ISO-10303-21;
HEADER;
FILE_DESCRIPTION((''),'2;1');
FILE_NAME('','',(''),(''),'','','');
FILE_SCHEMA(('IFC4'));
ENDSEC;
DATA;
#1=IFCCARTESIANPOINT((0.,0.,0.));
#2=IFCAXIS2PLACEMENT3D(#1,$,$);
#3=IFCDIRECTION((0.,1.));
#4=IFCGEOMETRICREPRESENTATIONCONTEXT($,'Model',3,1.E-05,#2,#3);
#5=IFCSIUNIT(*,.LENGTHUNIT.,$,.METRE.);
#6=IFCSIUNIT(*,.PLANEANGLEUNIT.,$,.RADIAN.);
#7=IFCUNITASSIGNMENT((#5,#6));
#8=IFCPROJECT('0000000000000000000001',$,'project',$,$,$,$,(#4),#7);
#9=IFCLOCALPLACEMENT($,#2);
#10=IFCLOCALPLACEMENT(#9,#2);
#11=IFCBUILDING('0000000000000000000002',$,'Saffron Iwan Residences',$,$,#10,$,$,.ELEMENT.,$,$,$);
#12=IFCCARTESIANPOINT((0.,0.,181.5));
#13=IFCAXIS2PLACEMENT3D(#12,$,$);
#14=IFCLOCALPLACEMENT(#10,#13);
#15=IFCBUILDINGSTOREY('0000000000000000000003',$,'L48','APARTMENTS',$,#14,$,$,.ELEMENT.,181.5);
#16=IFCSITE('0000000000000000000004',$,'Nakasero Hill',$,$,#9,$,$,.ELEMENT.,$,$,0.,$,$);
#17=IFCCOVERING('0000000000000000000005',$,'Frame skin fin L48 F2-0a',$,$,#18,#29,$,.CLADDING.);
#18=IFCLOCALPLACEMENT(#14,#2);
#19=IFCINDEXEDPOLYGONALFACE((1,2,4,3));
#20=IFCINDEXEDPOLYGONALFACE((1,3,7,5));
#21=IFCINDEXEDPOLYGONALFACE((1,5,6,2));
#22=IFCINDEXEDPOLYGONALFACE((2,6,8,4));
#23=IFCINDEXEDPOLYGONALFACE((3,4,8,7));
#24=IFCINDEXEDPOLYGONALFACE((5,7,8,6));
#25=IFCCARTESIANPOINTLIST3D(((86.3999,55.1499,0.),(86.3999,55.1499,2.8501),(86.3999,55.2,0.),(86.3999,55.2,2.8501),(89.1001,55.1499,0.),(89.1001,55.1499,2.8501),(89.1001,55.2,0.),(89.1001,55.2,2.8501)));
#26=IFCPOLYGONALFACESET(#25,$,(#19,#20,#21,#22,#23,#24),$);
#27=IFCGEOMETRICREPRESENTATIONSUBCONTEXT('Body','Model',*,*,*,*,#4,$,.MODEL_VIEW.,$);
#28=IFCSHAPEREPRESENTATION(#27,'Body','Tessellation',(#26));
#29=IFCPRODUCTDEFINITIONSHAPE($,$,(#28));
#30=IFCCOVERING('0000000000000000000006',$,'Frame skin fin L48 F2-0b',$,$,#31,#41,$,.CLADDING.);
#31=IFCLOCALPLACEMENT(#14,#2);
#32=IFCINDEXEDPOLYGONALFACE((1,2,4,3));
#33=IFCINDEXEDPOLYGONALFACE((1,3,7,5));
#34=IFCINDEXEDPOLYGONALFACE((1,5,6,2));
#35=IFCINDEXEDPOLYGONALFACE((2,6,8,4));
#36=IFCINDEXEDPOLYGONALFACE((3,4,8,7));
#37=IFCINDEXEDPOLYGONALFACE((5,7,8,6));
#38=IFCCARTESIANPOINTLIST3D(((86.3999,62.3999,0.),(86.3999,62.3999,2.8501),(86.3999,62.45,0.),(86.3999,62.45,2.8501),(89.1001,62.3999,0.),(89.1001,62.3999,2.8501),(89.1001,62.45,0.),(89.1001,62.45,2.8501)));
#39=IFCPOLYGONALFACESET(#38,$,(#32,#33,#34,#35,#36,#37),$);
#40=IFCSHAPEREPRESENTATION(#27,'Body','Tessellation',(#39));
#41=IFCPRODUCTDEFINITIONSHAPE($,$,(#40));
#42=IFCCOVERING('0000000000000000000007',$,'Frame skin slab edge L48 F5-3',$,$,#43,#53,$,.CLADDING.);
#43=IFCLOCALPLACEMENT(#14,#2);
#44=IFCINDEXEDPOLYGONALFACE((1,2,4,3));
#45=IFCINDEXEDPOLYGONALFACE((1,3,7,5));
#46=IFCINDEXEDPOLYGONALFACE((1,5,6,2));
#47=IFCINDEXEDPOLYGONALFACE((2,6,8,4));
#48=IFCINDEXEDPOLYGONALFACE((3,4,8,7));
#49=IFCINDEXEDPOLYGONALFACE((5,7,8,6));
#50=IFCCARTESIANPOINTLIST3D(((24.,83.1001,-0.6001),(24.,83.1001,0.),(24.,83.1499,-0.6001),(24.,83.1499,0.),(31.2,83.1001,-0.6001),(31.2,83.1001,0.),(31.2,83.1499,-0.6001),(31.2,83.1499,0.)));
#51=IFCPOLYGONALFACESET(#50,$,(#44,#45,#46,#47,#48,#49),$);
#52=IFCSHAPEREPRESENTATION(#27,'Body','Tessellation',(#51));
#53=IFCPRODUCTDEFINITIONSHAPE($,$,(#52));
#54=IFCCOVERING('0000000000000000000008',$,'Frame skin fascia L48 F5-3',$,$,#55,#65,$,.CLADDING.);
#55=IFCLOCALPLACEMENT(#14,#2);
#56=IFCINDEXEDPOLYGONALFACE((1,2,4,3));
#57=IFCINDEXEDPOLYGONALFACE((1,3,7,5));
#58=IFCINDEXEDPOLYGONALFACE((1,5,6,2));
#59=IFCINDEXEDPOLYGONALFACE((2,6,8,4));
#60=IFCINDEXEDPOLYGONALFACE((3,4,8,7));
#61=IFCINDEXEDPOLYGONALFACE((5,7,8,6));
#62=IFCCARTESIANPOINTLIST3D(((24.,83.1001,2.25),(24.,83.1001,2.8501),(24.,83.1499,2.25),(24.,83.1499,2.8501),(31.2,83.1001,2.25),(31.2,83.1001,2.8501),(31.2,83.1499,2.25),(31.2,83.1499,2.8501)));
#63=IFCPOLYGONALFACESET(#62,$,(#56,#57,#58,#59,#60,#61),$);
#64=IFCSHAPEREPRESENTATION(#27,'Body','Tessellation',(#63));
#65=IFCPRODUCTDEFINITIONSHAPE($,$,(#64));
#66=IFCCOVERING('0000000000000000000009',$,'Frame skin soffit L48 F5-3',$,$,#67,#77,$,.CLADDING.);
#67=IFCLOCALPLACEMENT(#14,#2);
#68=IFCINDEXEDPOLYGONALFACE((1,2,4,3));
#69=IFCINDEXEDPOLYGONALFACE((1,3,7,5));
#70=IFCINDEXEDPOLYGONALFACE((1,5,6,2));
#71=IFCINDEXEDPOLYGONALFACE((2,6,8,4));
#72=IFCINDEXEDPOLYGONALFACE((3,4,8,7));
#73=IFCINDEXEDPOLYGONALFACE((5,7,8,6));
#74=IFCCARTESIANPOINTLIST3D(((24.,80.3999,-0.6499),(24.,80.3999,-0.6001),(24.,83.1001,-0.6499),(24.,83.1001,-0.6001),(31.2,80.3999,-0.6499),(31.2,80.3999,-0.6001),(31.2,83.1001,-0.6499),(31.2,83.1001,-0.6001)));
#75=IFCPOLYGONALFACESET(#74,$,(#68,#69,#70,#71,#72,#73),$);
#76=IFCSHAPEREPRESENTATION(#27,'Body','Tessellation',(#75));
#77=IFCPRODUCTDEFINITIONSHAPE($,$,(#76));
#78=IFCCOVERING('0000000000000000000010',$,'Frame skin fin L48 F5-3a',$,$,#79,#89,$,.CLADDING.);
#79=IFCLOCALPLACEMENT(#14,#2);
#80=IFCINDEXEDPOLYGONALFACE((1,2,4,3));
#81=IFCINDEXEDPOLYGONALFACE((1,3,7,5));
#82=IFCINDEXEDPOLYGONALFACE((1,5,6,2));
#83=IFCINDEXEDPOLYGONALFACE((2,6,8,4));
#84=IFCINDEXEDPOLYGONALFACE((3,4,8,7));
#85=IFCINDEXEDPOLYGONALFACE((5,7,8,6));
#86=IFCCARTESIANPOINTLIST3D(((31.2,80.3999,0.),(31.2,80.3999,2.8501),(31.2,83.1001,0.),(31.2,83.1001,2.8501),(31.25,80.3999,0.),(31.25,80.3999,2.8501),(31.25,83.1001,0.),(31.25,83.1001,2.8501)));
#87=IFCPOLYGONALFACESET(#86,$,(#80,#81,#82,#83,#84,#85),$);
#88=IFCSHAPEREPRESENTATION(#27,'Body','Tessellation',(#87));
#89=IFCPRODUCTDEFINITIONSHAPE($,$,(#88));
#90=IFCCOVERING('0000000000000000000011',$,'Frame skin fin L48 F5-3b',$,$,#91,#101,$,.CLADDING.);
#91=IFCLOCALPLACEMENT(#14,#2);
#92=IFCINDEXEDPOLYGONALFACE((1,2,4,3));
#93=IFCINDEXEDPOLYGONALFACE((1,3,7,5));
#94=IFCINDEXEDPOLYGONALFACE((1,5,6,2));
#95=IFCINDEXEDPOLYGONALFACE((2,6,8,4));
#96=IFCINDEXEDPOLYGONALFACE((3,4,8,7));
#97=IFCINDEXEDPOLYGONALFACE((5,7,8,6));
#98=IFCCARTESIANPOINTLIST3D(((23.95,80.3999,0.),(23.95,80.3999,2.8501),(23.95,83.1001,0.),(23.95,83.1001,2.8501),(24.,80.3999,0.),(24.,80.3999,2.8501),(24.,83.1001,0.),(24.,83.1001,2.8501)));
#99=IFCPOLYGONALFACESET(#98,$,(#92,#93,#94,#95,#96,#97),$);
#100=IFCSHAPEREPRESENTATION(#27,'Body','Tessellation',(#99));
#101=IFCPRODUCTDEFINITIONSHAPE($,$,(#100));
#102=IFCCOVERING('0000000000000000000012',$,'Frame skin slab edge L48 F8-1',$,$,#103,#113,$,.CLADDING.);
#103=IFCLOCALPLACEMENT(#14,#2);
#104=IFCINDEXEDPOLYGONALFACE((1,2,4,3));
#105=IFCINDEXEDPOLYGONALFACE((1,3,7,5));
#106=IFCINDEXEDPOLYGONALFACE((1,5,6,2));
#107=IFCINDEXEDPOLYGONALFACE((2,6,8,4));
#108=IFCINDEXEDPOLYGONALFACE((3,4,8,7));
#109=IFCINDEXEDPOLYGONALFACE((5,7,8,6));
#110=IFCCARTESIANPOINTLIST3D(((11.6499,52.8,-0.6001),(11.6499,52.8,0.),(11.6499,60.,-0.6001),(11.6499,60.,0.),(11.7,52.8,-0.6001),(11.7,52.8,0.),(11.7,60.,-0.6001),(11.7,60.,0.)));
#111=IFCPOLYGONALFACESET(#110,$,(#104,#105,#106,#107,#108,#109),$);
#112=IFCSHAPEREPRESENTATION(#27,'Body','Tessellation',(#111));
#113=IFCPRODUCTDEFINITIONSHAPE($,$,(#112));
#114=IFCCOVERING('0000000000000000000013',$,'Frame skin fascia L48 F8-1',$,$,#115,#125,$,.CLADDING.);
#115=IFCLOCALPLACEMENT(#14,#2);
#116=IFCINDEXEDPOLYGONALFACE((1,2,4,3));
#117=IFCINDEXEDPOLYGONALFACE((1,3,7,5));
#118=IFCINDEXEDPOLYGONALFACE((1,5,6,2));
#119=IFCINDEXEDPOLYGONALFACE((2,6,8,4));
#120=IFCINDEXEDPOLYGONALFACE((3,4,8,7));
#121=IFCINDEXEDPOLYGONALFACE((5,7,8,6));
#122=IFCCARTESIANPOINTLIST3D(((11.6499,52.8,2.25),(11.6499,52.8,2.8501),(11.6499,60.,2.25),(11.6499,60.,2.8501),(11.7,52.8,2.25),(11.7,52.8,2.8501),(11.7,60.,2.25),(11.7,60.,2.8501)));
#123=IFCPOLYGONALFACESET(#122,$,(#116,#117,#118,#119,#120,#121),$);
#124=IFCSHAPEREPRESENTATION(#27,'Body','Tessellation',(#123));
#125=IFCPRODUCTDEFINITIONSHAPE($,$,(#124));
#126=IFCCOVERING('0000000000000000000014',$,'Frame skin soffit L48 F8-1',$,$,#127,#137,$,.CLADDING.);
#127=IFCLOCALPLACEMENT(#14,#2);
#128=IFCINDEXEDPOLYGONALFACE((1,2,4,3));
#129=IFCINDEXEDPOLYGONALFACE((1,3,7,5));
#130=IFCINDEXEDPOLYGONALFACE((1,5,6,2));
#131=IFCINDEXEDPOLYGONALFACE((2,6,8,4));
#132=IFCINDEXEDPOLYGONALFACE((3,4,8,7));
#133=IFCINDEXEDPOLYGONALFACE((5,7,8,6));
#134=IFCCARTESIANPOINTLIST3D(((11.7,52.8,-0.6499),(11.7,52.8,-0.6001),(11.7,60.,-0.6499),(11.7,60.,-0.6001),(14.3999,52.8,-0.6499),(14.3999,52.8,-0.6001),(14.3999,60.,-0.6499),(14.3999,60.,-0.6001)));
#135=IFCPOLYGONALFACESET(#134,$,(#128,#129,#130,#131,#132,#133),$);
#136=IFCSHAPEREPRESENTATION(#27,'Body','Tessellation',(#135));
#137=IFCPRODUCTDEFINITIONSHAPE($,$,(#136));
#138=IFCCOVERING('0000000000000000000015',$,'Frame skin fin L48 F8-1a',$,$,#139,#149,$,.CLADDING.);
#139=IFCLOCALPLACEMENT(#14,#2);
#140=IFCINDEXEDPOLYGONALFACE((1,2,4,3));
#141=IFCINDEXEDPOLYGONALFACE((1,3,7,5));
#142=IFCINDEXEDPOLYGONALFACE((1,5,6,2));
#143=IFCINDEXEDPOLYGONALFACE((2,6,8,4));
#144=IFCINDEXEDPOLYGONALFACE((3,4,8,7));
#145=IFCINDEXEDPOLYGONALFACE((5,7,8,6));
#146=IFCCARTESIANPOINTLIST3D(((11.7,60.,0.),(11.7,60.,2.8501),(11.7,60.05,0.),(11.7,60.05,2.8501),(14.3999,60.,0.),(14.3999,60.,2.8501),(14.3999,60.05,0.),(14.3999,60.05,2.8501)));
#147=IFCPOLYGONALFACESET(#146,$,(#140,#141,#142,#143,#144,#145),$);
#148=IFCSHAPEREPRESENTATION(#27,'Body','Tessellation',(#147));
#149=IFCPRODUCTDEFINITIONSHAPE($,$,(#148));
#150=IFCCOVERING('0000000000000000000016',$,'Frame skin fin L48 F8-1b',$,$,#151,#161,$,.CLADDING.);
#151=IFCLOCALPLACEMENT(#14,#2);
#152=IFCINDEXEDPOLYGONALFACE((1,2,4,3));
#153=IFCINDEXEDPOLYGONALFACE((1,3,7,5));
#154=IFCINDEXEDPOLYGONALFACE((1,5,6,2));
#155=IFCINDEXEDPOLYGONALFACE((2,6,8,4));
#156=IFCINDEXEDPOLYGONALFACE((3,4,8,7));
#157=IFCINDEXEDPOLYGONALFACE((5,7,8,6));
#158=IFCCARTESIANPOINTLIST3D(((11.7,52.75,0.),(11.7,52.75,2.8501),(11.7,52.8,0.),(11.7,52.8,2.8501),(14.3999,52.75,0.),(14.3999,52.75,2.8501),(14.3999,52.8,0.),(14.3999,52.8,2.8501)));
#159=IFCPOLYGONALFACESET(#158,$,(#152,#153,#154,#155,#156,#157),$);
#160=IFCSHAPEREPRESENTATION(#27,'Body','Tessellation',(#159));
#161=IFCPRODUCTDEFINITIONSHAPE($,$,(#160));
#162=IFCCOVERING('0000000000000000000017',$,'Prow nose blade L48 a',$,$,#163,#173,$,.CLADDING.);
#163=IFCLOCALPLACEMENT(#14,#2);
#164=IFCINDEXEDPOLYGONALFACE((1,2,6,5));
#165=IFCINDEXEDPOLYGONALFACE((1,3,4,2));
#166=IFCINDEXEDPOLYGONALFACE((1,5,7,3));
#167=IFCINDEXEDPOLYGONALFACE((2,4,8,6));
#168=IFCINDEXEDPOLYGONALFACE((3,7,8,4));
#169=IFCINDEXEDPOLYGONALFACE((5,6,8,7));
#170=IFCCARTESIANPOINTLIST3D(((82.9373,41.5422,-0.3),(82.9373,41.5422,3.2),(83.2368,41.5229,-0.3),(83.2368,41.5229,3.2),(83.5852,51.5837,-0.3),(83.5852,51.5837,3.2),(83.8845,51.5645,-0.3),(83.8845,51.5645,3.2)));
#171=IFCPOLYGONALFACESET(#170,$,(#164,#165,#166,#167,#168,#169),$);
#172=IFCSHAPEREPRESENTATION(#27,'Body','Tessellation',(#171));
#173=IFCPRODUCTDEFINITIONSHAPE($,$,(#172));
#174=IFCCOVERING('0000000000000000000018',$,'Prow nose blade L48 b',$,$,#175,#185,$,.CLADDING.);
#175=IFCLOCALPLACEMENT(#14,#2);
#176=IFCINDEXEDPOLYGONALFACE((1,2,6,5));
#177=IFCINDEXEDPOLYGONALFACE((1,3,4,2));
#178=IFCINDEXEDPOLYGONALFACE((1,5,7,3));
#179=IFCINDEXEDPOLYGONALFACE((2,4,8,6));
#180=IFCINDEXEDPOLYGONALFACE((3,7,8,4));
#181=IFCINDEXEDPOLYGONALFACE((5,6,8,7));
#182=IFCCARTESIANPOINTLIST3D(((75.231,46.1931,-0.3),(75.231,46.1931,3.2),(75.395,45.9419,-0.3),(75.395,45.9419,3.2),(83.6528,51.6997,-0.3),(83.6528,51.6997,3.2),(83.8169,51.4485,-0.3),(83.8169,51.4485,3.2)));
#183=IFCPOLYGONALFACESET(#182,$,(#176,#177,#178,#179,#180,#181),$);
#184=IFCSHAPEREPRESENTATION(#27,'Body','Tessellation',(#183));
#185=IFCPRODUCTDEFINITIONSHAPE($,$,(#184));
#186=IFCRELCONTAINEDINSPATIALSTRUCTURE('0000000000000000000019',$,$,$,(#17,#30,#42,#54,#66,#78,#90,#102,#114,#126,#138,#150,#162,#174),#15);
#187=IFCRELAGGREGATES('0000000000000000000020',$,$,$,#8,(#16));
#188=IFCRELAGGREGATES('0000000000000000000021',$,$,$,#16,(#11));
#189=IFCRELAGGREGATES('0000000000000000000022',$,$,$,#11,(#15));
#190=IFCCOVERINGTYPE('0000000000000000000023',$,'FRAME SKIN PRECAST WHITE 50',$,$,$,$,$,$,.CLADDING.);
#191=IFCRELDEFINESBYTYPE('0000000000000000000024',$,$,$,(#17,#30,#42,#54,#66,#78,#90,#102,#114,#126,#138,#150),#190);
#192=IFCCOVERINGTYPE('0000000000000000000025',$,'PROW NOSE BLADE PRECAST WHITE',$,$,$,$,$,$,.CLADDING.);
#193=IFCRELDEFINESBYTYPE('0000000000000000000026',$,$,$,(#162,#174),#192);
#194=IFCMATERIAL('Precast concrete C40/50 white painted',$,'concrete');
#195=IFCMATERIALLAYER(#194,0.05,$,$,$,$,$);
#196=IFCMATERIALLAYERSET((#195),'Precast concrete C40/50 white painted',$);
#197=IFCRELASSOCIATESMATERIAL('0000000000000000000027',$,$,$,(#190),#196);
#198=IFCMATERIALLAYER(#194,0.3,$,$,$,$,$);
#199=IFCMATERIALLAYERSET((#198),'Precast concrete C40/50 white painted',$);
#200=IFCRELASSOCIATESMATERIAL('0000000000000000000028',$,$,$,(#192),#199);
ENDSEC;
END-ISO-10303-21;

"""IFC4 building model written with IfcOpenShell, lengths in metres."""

from ifc_helpers import new_model, si_unit, direction, frame, origin, place, context, subcontext, project, spatial, polyline, outline, extrude, material, layer, layer_set, type_object, element, save


model = new_model("IFC4")

# Units and contexts
model_context = context("Model", 3, precision=1e-05, world=origin(), true_north=direction((0.0, 1.0)))
body_context = subcontext(model_context, "Body", "Model", "MODEL_VIEW")
ifc_project = project(units=[si_unit("LENGTHUNIT", "METRE"), si_unit("PLANEANGLEUNIT", "RADIAN")], contexts=[model_context])

# Site, building, storey
site_placement = place(None, origin())
site = spatial("IfcSite", under=ifc_project, at=site_placement, Name="Nakasero Hill", CompositionType="ELEMENT", RefElevation=0.0)
building_placement = place(site_placement, origin())
building = spatial("IfcBuilding", under=site, at=building_placement, Name="Saffron Iwan Residences", CompositionType="ELEMENT")
storey_placement = place(building_placement, frame((0.0, 0.0, 181.5)))
storey = spatial("IfcBuildingStorey", under=building, at=storey_placement, Name="L48", Description="APARTMENTS", CompositionType="ELEMENT", Elevation=181.5)

# Coverings
ifc_material_1 = material(Name="Precast concrete C40/50 white painted", Category="concrete")
ifc_layer_1 = layer(ifc_material_1, 0.05)
ifc_layer_set_1 = layer_set([ifc_layer_1], Name="Precast concrete C40/50 white painted")
covering_type_1 = type_object("IfcCoveringType", Name="FRAME SKIN PRECAST WHITE 50", PredefinedType="CLADDING", material=ifc_layer_set_1)
covering_1_placement = place(storey_placement, origin())
element("IfcCovering", 1, at=covering_1_placement, inside=storey, type_object=covering_type_1, Name="Frame skin fin L48 F2-0a", PredefinedType="CLADDING", context=body_context, shape_type="SweptSolid", body=[
    extrude(outline(polyline([(89.1001, 55.1499), (89.1001, 55.2), (86.3999, 55.2), (86.3999, 55.1499), (89.1001, 55.1499)])), origin(), (0.0, 0.0, 1.0), 2.8501),
])
covering_2_placement = place(storey_placement, origin())
element("IfcCovering", 2, at=covering_2_placement, inside=storey, type_object=covering_type_1, Name="Frame skin fin L48 F2-0b", PredefinedType="CLADDING", context=body_context, shape_type="SweptSolid", body=[
    extrude(outline(polyline([(89.1001, 62.3999), (89.1001, 62.45), (86.3999, 62.45), (86.3999, 62.3999), (89.1001, 62.3999)])), origin(), (0.0, 0.0, 1.0), 2.8501),
])
for number, where, name in (
    (3, (0.0, 0.0, -0.6001), "Frame skin slab edge L48 F5-3"),
    (4, (0.0, 0.0, 2.25), "Frame skin fascia L48 F5-3"),
):
    element("IfcCovering", number, at=place(storey_placement, frame(where)), inside=storey, type_object=covering_type_1, Name=name, PredefinedType="CLADDING", context=body_context, shape_type="SweptSolid", body=[
        extrude(outline(polyline([(31.2, 83.1499), (24.0, 83.1499), (24.0, 83.1001), (31.2, 83.1001), (31.2, 83.1499)])), origin(), (0.0, 0.0, 1.0), 0.6001),
    ])
covering_3_placement = place(storey_placement, frame((0.0, 0.0, -0.6499)))
element("IfcCovering", 5, at=covering_3_placement, inside=storey, type_object=covering_type_1, Name="Frame skin soffit L48 F5-3", PredefinedType="CLADDING", context=body_context, shape_type="SweptSolid", body=[
    extrude(outline(polyline([(31.2, 83.1001), (24.0, 83.1001), (24.0, 80.3999), (31.2, 80.3999), (31.2, 83.1001)])), origin(), (0.0, 0.0, 1.0), 0.0498),
])
covering_4_placement = place(storey_placement, origin())
element("IfcCovering", 6, at=covering_4_placement, inside=storey, type_object=covering_type_1, Name="Frame skin fin L48 F5-3a", PredefinedType="CLADDING", context=body_context, shape_type="SweptSolid", body=[
    extrude(outline(polyline([(31.25, 83.1001), (31.2, 83.1001), (31.2, 80.3999), (31.25, 80.3999), (31.25, 83.1001)])), origin(), (0.0, 0.0, 1.0), 2.8501),
])
covering_5_placement = place(storey_placement, origin())
element("IfcCovering", 7, at=covering_5_placement, inside=storey, type_object=covering_type_1, Name="Frame skin fin L48 F5-3b", PredefinedType="CLADDING", context=body_context, shape_type="SweptSolid", body=[
    extrude(outline(polyline([(24.0, 83.1001), (23.95, 83.1001), (23.95, 80.3999), (24.0, 80.3999), (24.0, 83.1001)])), origin(), (0.0, 0.0, 1.0), 2.8501),
])
for number, where, name in (
    (8, (0.0, 0.0, -0.6001), "Frame skin slab edge L48 F8-1"),
    (9, (0.0, 0.0, 2.25), "Frame skin fascia L48 F8-1"),
):
    element("IfcCovering", number, at=place(storey_placement, frame(where)), inside=storey, type_object=covering_type_1, Name=name, PredefinedType="CLADDING", context=body_context, shape_type="SweptSolid", body=[
        extrude(outline(polyline([(11.6499, 60.0), (11.6499, 52.8), (11.7, 52.8), (11.7, 60.0), (11.6499, 60.0)])), origin(), (0.0, 0.0, 1.0), 0.6001),
    ])
covering_6_placement = place(storey_placement, frame((0.0, 0.0, -0.6499)))
element("IfcCovering", 10, at=covering_6_placement, inside=storey, type_object=covering_type_1, Name="Frame skin soffit L48 F8-1", PredefinedType="CLADDING", context=body_context, shape_type="SweptSolid", body=[
    extrude(outline(polyline([(11.7, 60.0), (11.7, 52.8), (14.3999, 52.8), (14.3999, 60.0), (11.7, 60.0)])), origin(), (0.0, 0.0, 1.0), 0.0498),
])
covering_7_placement = place(storey_placement, origin())
element("IfcCovering", 11, at=covering_7_placement, inside=storey, type_object=covering_type_1, Name="Frame skin fin L48 F8-1a", PredefinedType="CLADDING", context=body_context, shape_type="SweptSolid", body=[
    extrude(outline(polyline([(11.7, 60.05), (11.7, 60.0), (14.3999, 60.0), (14.3999, 60.05), (11.7, 60.05)])), origin(), (0.0, 0.0, 1.0), 2.8501),
])
covering_8_placement = place(storey_placement, origin())
element("IfcCovering", 12, at=covering_8_placement, inside=storey, type_object=covering_type_1, Name="Frame skin fin L48 F8-1b", PredefinedType="CLADDING", context=body_context, shape_type="SweptSolid", body=[
    extrude(outline(polyline([(11.7, 52.8), (11.7, 52.75), (14.3999, 52.75), (14.3999, 52.8), (11.7, 52.8)])), origin(), (0.0, 0.0, 1.0), 2.8501),
])
ifc_layer_2 = layer(ifc_material_1, 0.3)
ifc_layer_set_2 = layer_set([ifc_layer_2], Name="Precast concrete C40/50 white painted")
covering_type_2 = type_object("IfcCoveringType", Name="PROW NOSE BLADE PRECAST WHITE", PredefinedType="CLADDING", material=ifc_layer_set_2)
covering_9_placement = place(storey_placement, frame((0.0, 0.0, -0.3)))
element("IfcCovering", 13, at=covering_9_placement, inside=storey, type_object=covering_type_2, Name="Prow nose blade L48 a", PredefinedType="CLADDING", context=body_context, shape_type="SweptSolid", body=[
    extrude(outline(polyline([(83.2368, 41.5229), (83.8845, 51.5645), (83.5852, 51.5837), (82.9373, 41.5422), (83.2368, 41.5229)])), origin(), (0.0, 0.0, 1.0), 3.5),
])
covering_10_placement = place(storey_placement, frame((0.0, 0.0, -0.3)))
element("IfcCovering", 14, at=covering_10_placement, inside=storey, type_object=covering_type_2, Name="Prow nose blade L48 b", PredefinedType="CLADDING", context=body_context, shape_type="SweptSolid", body=[
    extrude(outline(polyline([(75.395, 45.9419), (83.8169, 51.4485), (83.6528, 51.6997), (75.231, 46.1931), (75.395, 45.9419)])), origin(), (0.0, 0.0, 1.0), 3.5),
])

save(model, "model.ifc")
